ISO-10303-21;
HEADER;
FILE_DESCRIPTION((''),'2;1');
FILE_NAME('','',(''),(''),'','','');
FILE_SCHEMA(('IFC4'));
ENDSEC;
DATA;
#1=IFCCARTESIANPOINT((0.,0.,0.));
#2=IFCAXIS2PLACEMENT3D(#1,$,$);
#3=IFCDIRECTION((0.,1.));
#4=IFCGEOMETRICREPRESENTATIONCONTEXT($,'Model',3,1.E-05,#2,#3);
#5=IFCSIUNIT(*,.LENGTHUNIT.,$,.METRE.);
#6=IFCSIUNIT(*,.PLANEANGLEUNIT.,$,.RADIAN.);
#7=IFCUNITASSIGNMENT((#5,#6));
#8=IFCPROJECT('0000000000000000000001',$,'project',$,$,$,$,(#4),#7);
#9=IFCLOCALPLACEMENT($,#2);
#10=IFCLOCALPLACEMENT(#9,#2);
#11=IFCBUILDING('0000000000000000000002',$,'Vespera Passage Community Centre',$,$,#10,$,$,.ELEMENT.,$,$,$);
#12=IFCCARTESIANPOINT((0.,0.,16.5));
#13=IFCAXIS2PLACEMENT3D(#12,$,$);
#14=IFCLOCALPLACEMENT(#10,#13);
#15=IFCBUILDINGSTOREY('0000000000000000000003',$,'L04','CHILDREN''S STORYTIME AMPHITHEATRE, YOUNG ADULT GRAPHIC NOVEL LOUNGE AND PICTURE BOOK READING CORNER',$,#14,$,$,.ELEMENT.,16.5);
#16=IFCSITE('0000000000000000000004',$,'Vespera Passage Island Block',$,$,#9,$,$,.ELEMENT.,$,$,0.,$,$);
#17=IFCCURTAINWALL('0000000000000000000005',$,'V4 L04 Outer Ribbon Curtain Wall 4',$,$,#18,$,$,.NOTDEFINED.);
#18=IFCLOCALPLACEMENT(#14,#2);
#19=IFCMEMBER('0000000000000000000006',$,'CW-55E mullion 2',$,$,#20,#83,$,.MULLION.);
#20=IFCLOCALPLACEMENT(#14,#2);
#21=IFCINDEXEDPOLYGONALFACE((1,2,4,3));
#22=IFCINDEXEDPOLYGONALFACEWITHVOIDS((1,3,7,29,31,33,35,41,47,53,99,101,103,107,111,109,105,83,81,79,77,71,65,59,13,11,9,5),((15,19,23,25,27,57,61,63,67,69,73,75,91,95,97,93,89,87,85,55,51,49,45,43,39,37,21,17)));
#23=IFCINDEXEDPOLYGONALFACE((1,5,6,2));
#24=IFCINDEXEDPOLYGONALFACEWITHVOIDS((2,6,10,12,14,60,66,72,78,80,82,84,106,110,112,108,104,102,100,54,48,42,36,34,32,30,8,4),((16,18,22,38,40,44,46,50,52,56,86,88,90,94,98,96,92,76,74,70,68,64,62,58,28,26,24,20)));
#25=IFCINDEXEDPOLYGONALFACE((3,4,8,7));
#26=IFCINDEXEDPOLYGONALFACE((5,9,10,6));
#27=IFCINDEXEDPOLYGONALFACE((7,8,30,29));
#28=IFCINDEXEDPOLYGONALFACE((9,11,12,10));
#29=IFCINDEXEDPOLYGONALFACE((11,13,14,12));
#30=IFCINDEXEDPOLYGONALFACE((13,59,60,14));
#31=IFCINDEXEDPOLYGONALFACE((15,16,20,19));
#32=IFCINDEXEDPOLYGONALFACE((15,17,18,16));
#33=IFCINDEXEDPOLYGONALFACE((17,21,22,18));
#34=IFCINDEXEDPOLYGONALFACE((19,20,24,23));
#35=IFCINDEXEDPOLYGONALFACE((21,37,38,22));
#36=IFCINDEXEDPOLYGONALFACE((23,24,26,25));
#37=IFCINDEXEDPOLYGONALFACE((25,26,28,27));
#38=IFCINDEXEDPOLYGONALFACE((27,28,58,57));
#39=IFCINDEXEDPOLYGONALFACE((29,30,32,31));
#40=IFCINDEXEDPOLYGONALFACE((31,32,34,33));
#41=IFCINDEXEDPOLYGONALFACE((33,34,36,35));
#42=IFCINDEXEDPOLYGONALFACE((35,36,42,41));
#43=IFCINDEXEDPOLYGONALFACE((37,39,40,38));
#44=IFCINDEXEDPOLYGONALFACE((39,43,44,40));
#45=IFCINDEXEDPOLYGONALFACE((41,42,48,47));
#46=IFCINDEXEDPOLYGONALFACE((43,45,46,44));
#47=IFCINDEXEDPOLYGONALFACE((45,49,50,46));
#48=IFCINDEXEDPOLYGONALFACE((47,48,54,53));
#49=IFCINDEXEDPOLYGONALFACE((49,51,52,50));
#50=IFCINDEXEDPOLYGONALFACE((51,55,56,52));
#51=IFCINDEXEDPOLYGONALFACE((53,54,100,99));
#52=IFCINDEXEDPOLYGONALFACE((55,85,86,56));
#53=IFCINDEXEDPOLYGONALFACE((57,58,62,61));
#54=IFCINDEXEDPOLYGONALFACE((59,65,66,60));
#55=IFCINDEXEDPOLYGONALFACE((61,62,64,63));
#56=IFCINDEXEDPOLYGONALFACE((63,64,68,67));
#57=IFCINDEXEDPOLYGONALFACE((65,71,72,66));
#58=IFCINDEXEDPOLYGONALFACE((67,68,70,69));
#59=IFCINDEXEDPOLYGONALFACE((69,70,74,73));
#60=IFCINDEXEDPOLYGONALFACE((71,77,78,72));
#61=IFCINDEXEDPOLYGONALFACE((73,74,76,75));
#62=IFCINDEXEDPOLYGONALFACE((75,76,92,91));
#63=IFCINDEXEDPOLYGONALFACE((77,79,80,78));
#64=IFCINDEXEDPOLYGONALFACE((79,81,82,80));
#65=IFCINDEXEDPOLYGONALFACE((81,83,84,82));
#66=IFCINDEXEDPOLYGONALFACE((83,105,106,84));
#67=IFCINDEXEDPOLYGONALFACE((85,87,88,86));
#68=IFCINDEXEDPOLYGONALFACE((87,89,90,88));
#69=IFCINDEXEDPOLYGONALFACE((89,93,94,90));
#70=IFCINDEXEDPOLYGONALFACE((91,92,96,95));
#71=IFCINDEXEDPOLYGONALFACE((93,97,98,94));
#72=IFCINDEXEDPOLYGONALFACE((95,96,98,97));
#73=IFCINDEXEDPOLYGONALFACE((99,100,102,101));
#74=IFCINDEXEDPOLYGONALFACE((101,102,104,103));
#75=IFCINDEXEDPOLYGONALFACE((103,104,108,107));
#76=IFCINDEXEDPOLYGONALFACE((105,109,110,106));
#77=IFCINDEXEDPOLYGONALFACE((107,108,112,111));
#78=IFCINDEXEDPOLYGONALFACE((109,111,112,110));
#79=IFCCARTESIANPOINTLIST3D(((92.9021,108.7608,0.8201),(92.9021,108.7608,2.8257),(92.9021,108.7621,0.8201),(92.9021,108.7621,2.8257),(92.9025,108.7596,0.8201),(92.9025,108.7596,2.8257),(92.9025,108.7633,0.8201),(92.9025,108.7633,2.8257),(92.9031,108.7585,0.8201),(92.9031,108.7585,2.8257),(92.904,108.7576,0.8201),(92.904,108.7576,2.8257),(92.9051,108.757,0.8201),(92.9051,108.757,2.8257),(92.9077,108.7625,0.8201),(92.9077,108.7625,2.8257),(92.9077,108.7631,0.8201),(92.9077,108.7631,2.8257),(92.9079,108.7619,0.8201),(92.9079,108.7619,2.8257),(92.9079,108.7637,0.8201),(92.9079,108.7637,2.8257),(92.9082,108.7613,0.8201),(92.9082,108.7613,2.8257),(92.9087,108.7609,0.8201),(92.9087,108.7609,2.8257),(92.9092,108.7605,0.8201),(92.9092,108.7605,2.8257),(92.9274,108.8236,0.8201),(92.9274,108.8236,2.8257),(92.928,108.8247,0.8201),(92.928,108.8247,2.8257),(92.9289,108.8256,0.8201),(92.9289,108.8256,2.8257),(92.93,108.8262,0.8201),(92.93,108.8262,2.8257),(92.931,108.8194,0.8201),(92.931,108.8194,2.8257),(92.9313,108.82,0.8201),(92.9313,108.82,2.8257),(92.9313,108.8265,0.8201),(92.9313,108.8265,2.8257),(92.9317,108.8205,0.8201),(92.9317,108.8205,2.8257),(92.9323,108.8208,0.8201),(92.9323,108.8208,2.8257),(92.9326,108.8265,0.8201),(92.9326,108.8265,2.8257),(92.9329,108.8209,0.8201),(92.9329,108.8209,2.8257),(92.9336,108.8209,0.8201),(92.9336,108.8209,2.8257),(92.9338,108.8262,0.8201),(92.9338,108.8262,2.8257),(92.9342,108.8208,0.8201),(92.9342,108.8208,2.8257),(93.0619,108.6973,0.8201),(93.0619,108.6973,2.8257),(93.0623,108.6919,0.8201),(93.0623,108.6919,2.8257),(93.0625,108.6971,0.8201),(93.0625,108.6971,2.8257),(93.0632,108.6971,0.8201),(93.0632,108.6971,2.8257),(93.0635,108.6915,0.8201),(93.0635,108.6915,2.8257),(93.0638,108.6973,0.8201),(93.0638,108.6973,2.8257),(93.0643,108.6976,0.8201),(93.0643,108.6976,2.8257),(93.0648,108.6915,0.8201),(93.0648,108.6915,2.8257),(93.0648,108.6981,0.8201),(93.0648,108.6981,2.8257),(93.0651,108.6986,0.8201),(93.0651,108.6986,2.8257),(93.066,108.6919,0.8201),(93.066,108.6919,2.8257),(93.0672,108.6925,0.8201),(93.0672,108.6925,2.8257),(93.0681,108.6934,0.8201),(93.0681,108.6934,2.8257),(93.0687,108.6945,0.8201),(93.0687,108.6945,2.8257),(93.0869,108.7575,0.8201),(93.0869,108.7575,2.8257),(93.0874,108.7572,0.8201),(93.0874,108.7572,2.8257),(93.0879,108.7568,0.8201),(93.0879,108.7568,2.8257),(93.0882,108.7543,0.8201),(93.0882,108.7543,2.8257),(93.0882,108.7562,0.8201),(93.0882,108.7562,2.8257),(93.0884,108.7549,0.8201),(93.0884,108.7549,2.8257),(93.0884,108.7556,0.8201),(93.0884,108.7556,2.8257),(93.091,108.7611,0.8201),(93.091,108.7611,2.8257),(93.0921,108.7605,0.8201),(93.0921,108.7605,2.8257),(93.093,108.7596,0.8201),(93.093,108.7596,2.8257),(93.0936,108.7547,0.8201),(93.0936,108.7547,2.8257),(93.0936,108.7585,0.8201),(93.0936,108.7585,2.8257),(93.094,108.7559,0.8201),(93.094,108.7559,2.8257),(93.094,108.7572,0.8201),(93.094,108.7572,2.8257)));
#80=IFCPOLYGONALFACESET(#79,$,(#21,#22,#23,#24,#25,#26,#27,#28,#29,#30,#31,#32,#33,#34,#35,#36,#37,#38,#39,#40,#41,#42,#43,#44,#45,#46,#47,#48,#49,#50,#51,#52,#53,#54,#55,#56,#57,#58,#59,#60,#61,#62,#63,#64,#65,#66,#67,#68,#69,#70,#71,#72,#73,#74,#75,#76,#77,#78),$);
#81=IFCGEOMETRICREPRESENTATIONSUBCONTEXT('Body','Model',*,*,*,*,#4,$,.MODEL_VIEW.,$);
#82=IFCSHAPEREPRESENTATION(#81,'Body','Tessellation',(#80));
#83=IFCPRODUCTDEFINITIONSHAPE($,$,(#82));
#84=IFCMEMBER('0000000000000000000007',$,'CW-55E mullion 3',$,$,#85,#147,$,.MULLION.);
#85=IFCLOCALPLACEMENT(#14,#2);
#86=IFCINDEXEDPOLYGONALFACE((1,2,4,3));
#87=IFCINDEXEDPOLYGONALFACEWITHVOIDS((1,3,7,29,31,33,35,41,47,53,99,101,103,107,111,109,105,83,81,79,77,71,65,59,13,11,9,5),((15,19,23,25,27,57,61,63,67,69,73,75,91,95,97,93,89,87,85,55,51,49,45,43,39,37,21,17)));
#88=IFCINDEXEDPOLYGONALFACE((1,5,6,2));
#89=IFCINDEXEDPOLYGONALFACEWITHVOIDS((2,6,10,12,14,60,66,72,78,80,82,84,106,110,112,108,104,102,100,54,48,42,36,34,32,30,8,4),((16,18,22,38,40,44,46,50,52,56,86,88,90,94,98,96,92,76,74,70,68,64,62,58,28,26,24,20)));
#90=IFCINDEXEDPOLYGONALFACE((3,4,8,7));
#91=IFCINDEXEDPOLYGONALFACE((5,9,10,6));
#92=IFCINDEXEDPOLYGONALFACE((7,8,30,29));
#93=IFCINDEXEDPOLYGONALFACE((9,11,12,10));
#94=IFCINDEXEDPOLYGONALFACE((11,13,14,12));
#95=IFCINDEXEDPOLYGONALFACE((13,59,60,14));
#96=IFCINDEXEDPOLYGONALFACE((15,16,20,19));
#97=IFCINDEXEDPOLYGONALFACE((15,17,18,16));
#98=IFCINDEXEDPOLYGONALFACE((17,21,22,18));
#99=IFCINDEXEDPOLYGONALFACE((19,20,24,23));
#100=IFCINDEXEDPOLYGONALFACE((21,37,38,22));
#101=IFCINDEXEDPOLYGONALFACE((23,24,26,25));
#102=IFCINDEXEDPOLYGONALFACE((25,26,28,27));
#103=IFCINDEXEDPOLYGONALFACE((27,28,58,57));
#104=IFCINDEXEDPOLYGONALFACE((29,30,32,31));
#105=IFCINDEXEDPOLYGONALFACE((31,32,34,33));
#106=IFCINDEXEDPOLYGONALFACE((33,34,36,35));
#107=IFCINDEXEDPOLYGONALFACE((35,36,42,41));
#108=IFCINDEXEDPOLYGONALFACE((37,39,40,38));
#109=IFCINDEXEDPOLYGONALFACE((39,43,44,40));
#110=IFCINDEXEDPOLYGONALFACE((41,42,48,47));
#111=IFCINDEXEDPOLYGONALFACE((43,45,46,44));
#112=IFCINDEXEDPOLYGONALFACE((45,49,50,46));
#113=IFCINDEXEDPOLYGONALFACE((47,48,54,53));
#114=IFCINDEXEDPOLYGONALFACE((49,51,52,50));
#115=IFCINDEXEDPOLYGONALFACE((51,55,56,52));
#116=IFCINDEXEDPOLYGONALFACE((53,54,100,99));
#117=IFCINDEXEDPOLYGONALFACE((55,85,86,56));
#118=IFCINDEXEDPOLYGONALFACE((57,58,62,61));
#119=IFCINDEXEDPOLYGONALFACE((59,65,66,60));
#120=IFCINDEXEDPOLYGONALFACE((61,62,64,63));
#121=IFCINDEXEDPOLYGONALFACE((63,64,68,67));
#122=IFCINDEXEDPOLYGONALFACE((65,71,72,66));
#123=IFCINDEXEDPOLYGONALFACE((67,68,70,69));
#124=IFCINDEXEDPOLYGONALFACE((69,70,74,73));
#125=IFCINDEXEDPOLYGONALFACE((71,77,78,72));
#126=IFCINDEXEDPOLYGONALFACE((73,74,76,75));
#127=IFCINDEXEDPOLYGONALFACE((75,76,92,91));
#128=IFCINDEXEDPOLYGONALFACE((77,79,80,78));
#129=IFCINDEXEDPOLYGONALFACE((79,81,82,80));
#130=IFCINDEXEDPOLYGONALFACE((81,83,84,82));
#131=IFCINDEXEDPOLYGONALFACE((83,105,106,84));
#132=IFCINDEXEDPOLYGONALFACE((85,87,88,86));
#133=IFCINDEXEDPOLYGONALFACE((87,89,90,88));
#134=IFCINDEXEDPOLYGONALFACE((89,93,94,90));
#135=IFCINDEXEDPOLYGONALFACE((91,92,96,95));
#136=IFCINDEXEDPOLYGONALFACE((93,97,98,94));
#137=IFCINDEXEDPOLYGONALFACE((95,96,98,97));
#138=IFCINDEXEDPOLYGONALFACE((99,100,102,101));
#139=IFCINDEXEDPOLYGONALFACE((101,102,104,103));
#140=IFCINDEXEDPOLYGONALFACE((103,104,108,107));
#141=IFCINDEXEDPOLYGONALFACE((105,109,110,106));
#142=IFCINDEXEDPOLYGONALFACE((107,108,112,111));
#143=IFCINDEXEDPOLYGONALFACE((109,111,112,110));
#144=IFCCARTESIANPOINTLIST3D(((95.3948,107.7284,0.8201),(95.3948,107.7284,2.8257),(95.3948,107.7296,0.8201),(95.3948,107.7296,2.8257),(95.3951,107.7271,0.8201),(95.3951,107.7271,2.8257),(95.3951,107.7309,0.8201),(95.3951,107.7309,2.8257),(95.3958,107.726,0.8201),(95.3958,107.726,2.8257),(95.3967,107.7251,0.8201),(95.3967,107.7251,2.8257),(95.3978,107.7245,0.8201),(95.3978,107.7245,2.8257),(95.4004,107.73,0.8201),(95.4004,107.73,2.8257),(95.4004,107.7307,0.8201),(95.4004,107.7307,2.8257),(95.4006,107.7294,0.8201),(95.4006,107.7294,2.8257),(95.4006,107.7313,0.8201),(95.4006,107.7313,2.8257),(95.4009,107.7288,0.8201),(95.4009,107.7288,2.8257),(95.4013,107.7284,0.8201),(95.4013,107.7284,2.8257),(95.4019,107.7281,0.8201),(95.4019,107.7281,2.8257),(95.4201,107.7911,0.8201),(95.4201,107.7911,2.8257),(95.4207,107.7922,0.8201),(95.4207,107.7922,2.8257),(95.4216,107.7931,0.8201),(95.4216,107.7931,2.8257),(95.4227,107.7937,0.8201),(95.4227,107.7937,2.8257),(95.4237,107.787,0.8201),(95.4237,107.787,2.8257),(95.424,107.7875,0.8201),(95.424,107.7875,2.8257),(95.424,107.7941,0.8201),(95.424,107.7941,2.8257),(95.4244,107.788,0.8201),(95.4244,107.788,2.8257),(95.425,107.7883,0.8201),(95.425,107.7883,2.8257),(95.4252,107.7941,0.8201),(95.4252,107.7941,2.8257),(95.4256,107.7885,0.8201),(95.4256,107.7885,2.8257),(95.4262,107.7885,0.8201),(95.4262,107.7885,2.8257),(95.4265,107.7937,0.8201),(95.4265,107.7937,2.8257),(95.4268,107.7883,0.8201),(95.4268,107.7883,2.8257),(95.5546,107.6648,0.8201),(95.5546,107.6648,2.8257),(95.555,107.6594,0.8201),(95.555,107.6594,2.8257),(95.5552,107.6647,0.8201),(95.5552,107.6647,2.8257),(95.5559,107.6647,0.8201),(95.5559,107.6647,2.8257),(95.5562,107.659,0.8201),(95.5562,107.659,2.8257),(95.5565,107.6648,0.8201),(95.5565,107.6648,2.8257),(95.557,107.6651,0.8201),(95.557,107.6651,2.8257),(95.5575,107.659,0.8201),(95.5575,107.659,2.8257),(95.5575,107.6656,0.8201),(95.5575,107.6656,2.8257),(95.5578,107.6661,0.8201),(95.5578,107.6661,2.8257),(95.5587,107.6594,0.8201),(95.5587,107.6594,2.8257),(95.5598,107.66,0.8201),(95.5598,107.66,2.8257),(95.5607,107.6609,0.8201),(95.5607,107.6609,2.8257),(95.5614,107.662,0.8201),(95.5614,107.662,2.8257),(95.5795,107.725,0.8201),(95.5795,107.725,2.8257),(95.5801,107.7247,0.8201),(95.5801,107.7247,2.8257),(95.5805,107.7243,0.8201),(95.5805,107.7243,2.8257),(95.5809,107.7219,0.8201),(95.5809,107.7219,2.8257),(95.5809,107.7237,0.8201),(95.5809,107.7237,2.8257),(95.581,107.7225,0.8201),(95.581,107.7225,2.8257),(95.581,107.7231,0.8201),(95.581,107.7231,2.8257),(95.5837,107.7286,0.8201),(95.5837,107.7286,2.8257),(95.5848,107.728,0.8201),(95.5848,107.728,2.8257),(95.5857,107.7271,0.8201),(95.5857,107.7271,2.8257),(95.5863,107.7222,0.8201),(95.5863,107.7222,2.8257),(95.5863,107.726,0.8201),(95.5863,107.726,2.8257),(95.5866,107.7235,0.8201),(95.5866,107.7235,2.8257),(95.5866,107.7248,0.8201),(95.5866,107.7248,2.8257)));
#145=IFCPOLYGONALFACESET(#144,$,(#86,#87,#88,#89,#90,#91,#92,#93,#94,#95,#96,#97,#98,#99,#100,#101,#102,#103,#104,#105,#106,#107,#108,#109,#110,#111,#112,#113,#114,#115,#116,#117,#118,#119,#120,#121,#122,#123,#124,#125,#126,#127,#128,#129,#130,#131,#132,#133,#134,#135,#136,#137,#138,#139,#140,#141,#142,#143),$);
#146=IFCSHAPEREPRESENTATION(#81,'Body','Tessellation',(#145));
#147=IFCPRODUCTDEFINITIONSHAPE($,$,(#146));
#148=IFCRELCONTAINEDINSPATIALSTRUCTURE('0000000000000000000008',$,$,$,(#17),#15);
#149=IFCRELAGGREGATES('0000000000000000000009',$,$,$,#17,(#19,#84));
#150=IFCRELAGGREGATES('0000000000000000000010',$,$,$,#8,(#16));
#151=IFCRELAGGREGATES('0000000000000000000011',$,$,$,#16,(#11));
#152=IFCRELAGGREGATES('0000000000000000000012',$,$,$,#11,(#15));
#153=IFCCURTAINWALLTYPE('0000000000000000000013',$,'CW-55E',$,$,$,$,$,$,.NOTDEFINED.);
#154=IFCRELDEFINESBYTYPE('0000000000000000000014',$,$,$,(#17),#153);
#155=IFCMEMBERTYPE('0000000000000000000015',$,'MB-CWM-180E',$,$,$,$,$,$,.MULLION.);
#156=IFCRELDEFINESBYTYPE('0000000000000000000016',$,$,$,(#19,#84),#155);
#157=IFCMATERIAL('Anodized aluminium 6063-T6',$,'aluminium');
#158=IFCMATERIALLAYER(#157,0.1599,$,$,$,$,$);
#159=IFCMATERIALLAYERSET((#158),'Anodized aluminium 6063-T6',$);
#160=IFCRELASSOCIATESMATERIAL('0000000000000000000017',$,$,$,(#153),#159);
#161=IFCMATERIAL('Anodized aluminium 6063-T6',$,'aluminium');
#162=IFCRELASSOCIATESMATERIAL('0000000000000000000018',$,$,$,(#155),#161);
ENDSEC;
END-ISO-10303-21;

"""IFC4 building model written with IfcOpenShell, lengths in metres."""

from ifc_helpers import new_model, si_unit, direction, frame, origin, origin_2d, place, context, subcontext, project, spatial, hollow_rectangle, extrude, material, layer, layer_set, material_profile, profile_set, type_object, element, aggregate, save


model = new_model("IFC4")

# Units and contexts
model_context = context("Model", 3, precision=1e-05, world=origin(), true_north=direction((0.0, 1.0)))
body_context = subcontext(model_context, "Body", "Model", "MODEL_VIEW")
ifc_project = project(units=[si_unit("LENGTHUNIT", "METRE"), si_unit("PLANEANGLEUNIT", "RADIAN")], contexts=[model_context])

# Site, building, storey
site_placement = place(None, origin())
site = spatial("IfcSite", under=ifc_project, at=site_placement, Name="Vespera Passage Island Block", CompositionType="ELEMENT", RefElevation=0.0)
building_placement = place(site_placement, origin())
building = spatial("IfcBuilding", under=site, at=building_placement, Name="Vespera Passage Community Centre", CompositionType="ELEMENT")
storey_placement = place(building_placement, frame((0.0, 0.0, 16.5)))
storey = spatial("IfcBuildingStorey", under=building, at=storey_placement, Name="L04", Description="CHILDREN'S STORYTIME AMPHITHEATRE, YOUNG ADULT GRAPHIC NOVEL LOUNGE AND PICTURE BOOK READING CORNER", CompositionType="ELEMENT", Elevation=16.5)

# Curtain wall, members
ifc_material_1 = material(Name="Anodized aluminium 6063-T6", Category="aluminium")
ifc_layer_1 = layer(ifc_material_1, 0.1599)
ifc_layer_set_1 = layer_set([ifc_layer_1], Name="Anodized aluminium 6063-T6")
curtain_wall_type_1 = type_object("IfcCurtainWallType", Name="CW-55E", PredefinedType="NOTDEFINED", material=ifc_layer_set_1)
curtain_wall_1_placement = place(storey_placement, origin())
curtain_wall_1 = element("IfcCurtainWall", 1, at=curtain_wall_1_placement, inside=storey, type_object=curtain_wall_type_1, Name="V4 L04 Outer Ribbon Curtain Wall 4", PredefinedType="NOTDEFINED")
ifc_material_2 = material(Name="Anodized aluminium 6063-T6", Category="aluminium")
ifc_material_profile_1 = material_profile(ifc_material_2, hollow_rectangle(XDim=0.075, YDim=0.1799, WallThickness=0.0049, InnerFilletRadius=0.0024, OuterFilletRadius=0.0049, at=origin_2d()), Name="ALU180X75X5")
ifc_profile_set_1 = profile_set([ifc_material_profile_1], Name="Anodized aluminium 6063-T6")
member_type_1 = type_object("IfcMemberType", Name="MB-CWM-180E", PredefinedType="MULLION", material=ifc_profile_set_1)
member_1_placement = place(storey_placement, frame((92.998, 108.759, 0.8201), z_axis=(0.0, 0.0, 1.0), x_axis=(0.382683, 0.92388, 0.0)))
member_1 = element("IfcMember", 2, at=member_1_placement, type_object=member_type_1, Name="CW-55E mullion 2", PredefinedType="MULLION", context=body_context, shape_type="SweptSolid", body=[
    extrude(hollow_rectangle(XDim=0.075, YDim=0.1799, WallThickness=0.0049, InnerFilletRadius=0.0024, OuterFilletRadius=0.0049, at=origin_2d()), origin(), (0.0, 0.0, 1.0), 2.0056),
])
member_2_placement = place(storey_placement, frame((95.4907, 107.7266, 0.8201), z_axis=(0.0, 0.0, 1.0), x_axis=(0.382683, 0.92388, 0.0)))
member_2 = element("IfcMember", 3, at=member_2_placement, type_object=member_type_1, Name="CW-55E mullion 3", PredefinedType="MULLION", context=body_context, shape_type="SweptSolid", body=[
    extrude(hollow_rectangle(XDim=0.075, YDim=0.1799, WallThickness=0.0049, InnerFilletRadius=0.0024, OuterFilletRadius=0.0049, at=origin_2d()), origin(), (0.0, 0.0, 1.0), 2.0056),
])

aggregate(curtain_wall_1, [member_1, member_2])

save(model, "model.ifc")
